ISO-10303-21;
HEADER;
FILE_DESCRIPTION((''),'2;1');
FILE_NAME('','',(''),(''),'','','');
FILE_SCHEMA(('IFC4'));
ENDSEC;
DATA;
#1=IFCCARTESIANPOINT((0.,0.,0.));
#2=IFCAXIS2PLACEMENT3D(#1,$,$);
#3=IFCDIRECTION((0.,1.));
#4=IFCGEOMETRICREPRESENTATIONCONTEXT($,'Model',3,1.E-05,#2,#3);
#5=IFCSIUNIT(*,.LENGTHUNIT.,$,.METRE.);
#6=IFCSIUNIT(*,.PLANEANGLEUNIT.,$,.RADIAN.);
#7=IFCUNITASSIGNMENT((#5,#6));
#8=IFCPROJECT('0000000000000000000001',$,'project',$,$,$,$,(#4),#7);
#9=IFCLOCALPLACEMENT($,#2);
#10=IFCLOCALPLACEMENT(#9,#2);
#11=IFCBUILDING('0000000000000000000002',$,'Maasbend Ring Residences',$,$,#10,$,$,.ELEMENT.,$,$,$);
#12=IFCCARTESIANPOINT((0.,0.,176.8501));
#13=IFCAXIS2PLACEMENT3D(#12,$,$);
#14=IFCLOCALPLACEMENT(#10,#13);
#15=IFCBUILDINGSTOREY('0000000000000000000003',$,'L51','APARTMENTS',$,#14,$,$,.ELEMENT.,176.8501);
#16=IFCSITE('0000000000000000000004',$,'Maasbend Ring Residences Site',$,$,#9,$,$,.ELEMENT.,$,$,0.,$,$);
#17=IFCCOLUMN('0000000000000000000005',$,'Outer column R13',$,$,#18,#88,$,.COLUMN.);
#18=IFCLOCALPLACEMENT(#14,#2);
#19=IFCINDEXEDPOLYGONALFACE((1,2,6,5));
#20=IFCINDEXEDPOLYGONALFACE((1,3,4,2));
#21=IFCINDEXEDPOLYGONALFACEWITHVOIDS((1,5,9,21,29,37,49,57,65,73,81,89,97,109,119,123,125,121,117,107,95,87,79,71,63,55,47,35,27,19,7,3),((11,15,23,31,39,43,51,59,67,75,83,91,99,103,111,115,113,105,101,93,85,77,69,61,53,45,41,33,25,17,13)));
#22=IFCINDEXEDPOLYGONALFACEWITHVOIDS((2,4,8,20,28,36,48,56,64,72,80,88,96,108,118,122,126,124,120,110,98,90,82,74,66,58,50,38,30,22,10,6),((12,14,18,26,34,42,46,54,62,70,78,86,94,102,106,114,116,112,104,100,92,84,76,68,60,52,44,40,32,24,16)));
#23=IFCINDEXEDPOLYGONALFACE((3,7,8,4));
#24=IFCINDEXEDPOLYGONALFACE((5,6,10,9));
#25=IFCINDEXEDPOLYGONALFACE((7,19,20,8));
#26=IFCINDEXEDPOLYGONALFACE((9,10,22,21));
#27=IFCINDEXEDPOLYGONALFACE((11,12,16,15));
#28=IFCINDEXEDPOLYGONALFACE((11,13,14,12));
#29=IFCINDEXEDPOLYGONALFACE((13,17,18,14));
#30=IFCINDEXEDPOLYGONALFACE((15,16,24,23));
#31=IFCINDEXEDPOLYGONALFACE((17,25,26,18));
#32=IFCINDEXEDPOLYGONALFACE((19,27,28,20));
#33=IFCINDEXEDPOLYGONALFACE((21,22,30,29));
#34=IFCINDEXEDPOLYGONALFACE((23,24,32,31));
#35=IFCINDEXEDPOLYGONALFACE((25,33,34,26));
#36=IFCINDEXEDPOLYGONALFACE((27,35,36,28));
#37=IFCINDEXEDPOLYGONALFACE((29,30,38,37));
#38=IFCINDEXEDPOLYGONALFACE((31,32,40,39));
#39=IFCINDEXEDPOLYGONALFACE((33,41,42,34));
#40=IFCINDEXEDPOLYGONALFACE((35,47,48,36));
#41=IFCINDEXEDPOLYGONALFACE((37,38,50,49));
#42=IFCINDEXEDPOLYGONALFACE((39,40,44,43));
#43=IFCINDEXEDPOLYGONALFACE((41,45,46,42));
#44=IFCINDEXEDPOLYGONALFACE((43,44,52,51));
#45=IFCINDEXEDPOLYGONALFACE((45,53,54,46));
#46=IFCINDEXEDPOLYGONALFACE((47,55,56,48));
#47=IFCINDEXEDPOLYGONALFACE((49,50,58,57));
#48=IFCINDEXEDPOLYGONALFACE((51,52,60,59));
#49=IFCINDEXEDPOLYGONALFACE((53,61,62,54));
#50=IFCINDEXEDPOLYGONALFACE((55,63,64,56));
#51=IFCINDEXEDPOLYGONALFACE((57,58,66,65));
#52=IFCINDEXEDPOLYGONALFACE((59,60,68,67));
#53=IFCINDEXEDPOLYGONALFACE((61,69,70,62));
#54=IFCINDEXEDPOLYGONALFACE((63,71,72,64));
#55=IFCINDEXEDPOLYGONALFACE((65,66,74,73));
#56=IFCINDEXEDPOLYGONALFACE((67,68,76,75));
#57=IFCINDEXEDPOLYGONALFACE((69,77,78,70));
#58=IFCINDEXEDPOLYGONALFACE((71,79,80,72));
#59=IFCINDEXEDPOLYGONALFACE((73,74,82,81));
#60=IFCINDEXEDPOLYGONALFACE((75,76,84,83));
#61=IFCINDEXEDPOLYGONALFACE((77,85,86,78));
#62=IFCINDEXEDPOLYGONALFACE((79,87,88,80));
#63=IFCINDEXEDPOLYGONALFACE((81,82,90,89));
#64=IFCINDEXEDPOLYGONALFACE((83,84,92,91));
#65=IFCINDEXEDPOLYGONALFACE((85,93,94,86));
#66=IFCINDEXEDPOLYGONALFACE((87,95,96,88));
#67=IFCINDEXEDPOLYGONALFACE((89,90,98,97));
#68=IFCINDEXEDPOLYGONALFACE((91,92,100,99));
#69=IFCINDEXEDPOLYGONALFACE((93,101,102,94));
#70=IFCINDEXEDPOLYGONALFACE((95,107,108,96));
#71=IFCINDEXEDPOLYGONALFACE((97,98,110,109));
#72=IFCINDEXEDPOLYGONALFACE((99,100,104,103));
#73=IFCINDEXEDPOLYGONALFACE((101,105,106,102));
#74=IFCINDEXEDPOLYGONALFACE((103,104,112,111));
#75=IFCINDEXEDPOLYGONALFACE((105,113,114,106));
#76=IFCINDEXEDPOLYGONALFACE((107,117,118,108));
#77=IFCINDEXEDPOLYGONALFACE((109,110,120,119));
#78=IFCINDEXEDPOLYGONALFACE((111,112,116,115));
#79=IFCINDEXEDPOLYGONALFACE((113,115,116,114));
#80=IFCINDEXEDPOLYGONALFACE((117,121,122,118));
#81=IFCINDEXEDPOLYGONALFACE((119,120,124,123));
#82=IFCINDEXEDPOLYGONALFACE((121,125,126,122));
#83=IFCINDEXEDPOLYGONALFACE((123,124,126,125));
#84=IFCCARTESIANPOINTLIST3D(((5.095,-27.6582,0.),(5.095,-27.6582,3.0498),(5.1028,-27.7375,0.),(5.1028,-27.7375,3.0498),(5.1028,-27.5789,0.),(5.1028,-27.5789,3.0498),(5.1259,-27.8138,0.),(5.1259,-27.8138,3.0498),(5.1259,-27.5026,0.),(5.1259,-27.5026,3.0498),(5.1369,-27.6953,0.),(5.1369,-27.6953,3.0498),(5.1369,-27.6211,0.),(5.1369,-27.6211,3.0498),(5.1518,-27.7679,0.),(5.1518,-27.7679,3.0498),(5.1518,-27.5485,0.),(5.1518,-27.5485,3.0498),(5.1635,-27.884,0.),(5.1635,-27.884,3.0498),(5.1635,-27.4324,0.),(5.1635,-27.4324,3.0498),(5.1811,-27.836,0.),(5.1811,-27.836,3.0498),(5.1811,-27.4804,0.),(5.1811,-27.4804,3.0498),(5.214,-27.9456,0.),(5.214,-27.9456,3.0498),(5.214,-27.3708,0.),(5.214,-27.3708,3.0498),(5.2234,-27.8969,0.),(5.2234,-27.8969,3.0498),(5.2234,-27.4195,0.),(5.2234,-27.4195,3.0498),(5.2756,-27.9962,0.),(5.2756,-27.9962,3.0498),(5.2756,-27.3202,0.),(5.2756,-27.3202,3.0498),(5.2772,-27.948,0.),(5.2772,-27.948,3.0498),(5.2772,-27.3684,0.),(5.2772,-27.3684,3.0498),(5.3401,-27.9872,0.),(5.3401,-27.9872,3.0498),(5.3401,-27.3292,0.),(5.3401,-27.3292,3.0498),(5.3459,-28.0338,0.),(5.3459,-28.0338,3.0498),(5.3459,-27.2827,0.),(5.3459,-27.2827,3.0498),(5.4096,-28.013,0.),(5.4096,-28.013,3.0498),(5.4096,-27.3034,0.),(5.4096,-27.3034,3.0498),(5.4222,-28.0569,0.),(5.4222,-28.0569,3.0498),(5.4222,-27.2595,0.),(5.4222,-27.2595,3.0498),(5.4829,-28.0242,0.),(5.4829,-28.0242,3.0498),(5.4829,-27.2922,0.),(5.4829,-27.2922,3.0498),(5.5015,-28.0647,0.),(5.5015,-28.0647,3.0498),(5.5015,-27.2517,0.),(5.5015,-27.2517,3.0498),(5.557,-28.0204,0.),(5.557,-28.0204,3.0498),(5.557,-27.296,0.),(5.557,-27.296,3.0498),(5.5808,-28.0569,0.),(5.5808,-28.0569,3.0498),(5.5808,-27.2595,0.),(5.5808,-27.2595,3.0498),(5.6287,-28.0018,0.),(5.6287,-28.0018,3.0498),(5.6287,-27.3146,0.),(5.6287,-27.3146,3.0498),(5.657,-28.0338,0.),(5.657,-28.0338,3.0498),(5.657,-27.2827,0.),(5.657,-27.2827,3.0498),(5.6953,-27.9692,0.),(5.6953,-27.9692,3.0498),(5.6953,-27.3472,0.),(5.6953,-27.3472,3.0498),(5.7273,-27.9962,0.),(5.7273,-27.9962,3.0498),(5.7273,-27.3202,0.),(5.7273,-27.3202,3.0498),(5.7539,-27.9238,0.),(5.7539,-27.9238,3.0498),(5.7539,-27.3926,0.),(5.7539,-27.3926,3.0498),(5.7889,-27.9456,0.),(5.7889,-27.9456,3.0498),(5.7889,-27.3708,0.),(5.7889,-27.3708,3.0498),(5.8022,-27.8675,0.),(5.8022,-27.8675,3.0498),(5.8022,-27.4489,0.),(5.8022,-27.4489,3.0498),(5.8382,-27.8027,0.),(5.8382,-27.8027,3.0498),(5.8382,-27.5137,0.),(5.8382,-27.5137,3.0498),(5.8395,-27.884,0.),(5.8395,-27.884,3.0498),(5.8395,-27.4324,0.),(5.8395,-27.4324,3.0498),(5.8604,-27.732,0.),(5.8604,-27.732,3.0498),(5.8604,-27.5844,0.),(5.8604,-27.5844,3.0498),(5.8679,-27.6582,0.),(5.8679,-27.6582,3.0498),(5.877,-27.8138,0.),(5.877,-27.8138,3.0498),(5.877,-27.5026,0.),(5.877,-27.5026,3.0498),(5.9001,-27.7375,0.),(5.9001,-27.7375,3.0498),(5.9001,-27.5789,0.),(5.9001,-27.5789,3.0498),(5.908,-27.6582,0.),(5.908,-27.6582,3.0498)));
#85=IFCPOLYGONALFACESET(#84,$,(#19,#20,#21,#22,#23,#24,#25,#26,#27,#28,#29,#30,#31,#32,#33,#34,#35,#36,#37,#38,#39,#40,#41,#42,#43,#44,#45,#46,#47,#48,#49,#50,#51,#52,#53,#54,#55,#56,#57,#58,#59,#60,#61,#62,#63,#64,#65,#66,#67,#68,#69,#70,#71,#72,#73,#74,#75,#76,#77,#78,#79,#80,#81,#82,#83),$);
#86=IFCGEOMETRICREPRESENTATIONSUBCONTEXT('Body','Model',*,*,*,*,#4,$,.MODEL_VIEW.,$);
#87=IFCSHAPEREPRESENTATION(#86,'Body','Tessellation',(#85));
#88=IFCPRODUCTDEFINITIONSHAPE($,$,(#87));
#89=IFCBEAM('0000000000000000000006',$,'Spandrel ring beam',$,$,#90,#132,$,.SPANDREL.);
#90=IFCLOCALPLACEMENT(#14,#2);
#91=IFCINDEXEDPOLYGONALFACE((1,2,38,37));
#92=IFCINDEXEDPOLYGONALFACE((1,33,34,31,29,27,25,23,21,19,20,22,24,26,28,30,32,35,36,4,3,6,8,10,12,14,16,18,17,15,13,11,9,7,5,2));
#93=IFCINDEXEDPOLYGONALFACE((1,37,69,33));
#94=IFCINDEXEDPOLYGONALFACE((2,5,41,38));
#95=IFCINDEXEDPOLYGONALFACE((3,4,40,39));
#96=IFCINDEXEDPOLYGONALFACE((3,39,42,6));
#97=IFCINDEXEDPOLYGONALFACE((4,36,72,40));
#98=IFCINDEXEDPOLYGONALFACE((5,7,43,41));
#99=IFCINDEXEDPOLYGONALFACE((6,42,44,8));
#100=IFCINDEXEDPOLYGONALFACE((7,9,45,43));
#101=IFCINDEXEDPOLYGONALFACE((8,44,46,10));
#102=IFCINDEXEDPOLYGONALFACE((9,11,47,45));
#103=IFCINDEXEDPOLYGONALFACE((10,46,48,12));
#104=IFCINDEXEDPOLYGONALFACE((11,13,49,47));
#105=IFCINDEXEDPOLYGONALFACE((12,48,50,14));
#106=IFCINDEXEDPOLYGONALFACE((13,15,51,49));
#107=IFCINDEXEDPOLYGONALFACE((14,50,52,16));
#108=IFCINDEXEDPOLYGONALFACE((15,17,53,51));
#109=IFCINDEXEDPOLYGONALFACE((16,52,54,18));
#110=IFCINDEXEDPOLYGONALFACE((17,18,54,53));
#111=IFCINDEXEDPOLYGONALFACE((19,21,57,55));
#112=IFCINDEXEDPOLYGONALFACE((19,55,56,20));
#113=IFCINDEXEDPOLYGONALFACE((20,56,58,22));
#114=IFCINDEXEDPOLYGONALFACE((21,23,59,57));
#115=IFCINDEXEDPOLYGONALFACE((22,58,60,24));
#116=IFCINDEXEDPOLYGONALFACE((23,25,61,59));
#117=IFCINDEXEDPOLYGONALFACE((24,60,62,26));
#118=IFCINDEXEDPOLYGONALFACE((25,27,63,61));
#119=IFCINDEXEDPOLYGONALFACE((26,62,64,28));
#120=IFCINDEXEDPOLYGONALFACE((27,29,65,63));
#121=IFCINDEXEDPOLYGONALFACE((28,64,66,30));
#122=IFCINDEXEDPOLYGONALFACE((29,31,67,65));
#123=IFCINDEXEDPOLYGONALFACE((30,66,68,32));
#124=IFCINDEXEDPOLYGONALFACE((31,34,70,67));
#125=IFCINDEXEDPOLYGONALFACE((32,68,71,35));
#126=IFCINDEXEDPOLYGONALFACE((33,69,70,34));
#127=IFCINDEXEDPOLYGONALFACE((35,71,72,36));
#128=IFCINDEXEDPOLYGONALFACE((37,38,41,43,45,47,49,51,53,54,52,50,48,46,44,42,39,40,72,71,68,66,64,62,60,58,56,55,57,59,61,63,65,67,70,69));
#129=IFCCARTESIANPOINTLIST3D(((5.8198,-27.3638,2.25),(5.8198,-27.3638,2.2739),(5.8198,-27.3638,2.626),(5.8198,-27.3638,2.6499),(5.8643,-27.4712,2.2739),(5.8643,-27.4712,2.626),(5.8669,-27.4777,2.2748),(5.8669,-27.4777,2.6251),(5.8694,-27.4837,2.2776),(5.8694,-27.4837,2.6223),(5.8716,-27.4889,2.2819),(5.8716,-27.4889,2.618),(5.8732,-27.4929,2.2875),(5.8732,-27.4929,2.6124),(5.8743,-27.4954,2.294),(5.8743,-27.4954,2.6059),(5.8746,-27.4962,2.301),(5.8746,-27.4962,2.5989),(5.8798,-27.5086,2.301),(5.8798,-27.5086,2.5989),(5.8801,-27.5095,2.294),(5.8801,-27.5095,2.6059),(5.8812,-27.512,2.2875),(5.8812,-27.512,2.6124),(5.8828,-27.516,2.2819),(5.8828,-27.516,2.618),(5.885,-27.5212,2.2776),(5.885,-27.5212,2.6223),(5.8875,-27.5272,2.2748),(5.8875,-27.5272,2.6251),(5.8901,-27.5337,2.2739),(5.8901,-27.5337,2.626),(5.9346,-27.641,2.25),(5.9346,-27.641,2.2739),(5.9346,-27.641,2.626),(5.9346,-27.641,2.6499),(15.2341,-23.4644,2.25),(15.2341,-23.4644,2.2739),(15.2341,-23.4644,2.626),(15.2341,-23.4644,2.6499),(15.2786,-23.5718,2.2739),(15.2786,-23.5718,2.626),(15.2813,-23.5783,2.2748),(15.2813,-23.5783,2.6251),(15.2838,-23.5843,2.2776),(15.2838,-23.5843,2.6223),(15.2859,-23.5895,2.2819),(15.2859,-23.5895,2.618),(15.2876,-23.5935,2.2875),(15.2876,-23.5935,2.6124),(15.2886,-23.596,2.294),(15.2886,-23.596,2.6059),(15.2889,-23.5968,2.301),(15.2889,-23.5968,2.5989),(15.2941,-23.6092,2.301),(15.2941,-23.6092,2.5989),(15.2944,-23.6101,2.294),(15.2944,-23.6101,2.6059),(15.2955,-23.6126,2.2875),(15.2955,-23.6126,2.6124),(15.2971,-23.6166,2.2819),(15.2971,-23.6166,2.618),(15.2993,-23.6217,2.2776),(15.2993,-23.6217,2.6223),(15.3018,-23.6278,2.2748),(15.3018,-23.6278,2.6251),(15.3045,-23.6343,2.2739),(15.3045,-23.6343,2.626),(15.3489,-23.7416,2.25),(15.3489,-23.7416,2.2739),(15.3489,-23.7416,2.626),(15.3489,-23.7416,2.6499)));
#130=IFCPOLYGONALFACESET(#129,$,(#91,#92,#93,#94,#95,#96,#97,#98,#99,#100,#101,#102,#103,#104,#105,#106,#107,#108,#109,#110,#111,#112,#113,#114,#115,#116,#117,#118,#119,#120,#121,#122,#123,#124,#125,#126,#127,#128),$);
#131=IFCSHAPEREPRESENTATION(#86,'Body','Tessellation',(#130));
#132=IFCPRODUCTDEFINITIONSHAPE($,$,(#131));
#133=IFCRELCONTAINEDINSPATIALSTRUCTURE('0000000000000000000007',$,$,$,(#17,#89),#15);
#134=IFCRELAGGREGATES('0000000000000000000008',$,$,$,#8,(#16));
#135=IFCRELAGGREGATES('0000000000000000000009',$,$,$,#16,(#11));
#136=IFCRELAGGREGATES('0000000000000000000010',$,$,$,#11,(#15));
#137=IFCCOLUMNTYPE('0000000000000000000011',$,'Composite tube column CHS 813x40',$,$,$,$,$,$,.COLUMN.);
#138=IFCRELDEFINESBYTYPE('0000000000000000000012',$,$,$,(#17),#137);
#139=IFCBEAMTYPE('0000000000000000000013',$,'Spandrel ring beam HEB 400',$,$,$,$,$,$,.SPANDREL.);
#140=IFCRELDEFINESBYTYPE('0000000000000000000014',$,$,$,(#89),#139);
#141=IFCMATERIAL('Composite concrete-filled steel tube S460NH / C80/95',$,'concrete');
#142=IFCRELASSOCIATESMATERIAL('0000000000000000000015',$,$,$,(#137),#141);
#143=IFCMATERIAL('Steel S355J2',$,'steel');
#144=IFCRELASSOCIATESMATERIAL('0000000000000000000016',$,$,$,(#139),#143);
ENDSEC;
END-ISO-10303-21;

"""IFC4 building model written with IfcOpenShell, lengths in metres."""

from ifc_helpers import new_model, si_unit, direction, frame, origin, origin_2d, place, context, subcontext, project, spatial, hollow_circle, i_section, extrude, material, material_profile, profile_set, type_object, element, save


model = new_model("IFC4")

# Units and contexts
model_context = context("Model", 3, precision=1e-05, world=origin(), true_north=direction((0.0, 1.0)))
body_context = subcontext(model_context, "Body", "Model", "MODEL_VIEW")
ifc_project = project(units=[si_unit("LENGTHUNIT", "METRE"), si_unit("PLANEANGLEUNIT", "RADIAN")], contexts=[model_context])

# Site, building, storey
site_placement = place(None, origin())
site = spatial("IfcSite", under=ifc_project, at=site_placement, Name="Maasbend Ring Residences Site", CompositionType="ELEMENT", RefElevation=0.0)
building_placement = place(site_placement, origin())
building = spatial("IfcBuilding", under=site, at=building_placement, Name="Maasbend Ring Residences", CompositionType="ELEMENT")
storey_placement = place(building_placement, frame((0.0, 0.0, 176.8501)))
storey = spatial("IfcBuildingStorey", under=building, at=storey_placement, Name="L51", Description="APARTMENTS", CompositionType="ELEMENT", Elevation=176.8501)

# Column
ifc_material_1 = material(Name="Composite concrete-filled steel tube S460NH / C80/95", Category="concrete")
ifc_material_profile_1 = material_profile(ifc_material_1, hollow_circle(Radius=0.4065, WallThickness=0.04, at=origin_2d()), Name="Composite tube column CHS 813x40")
ifc_profile_set_1 = profile_set([ifc_material_profile_1], Name="Composite concrete-filled steel tube S460NH / C80/95")
column_type = type_object("IfcColumnType", Name="Composite tube column CHS 813x40", PredefinedType="COLUMN", material=ifc_profile_set_1)
column_placement = place(storey_placement, frame((5.5015, -27.6582, 0.0), z_axis=(0.0, 0.0, 1.0), x_axis=(1.0, 0.0, 0.0)))
element("IfcColumn", 1, at=column_placement, inside=storey, type_object=column_type, Name="Outer column R13", PredefinedType="COLUMN", context=body_context, shape_type="SweptSolid", body=[
    extrude(hollow_circle(Radius=0.4065, WallThickness=0.04, at=origin_2d()), origin(), (0.0, 0.0, 1.0), 3.0498),
])

# Beam
ifc_material_2 = material(Name="Steel S355J2", Category="steel")
ifc_material_profile_2 = material_profile(ifc_material_2, i_section(OverallWidth=0.3, OverallDepth=0.3999, WebThickness=0.0134, FlangeThickness=0.0239, FilletRadius=0.0271, at=origin_2d()), Name="HEB 400")
ifc_profile_set_2 = profile_set([ifc_material_profile_2], Name="Steel S355J2")
beam_type = type_object("IfcBeamType", Name="Spandrel ring beam HEB 400", PredefinedType="SPANDREL", material=ifc_profile_set_2)
beam_placement = place(storey_placement, frame((5.8772, -27.5024, 2.45), z_axis=(0.923884, 0.382673, 0.0), x_axis=(-0.382673, 0.923884, 0.0)))
element("IfcBeam", 2, at=beam_placement, inside=storey, type_object=beam_type, Name="Spandrel ring beam", PredefinedType="SPANDREL", context=body_context, shape_type="SweptSolid", body=[
    extrude(i_section(OverallWidth=0.3, OverallDepth=0.3999, WebThickness=0.0134, FlangeThickness=0.0239, FilletRadius=0.0271, at=origin_2d()), origin(), (0.0, 0.0, 1.0), 10.1899),
])

save(model, "model.ifc")
